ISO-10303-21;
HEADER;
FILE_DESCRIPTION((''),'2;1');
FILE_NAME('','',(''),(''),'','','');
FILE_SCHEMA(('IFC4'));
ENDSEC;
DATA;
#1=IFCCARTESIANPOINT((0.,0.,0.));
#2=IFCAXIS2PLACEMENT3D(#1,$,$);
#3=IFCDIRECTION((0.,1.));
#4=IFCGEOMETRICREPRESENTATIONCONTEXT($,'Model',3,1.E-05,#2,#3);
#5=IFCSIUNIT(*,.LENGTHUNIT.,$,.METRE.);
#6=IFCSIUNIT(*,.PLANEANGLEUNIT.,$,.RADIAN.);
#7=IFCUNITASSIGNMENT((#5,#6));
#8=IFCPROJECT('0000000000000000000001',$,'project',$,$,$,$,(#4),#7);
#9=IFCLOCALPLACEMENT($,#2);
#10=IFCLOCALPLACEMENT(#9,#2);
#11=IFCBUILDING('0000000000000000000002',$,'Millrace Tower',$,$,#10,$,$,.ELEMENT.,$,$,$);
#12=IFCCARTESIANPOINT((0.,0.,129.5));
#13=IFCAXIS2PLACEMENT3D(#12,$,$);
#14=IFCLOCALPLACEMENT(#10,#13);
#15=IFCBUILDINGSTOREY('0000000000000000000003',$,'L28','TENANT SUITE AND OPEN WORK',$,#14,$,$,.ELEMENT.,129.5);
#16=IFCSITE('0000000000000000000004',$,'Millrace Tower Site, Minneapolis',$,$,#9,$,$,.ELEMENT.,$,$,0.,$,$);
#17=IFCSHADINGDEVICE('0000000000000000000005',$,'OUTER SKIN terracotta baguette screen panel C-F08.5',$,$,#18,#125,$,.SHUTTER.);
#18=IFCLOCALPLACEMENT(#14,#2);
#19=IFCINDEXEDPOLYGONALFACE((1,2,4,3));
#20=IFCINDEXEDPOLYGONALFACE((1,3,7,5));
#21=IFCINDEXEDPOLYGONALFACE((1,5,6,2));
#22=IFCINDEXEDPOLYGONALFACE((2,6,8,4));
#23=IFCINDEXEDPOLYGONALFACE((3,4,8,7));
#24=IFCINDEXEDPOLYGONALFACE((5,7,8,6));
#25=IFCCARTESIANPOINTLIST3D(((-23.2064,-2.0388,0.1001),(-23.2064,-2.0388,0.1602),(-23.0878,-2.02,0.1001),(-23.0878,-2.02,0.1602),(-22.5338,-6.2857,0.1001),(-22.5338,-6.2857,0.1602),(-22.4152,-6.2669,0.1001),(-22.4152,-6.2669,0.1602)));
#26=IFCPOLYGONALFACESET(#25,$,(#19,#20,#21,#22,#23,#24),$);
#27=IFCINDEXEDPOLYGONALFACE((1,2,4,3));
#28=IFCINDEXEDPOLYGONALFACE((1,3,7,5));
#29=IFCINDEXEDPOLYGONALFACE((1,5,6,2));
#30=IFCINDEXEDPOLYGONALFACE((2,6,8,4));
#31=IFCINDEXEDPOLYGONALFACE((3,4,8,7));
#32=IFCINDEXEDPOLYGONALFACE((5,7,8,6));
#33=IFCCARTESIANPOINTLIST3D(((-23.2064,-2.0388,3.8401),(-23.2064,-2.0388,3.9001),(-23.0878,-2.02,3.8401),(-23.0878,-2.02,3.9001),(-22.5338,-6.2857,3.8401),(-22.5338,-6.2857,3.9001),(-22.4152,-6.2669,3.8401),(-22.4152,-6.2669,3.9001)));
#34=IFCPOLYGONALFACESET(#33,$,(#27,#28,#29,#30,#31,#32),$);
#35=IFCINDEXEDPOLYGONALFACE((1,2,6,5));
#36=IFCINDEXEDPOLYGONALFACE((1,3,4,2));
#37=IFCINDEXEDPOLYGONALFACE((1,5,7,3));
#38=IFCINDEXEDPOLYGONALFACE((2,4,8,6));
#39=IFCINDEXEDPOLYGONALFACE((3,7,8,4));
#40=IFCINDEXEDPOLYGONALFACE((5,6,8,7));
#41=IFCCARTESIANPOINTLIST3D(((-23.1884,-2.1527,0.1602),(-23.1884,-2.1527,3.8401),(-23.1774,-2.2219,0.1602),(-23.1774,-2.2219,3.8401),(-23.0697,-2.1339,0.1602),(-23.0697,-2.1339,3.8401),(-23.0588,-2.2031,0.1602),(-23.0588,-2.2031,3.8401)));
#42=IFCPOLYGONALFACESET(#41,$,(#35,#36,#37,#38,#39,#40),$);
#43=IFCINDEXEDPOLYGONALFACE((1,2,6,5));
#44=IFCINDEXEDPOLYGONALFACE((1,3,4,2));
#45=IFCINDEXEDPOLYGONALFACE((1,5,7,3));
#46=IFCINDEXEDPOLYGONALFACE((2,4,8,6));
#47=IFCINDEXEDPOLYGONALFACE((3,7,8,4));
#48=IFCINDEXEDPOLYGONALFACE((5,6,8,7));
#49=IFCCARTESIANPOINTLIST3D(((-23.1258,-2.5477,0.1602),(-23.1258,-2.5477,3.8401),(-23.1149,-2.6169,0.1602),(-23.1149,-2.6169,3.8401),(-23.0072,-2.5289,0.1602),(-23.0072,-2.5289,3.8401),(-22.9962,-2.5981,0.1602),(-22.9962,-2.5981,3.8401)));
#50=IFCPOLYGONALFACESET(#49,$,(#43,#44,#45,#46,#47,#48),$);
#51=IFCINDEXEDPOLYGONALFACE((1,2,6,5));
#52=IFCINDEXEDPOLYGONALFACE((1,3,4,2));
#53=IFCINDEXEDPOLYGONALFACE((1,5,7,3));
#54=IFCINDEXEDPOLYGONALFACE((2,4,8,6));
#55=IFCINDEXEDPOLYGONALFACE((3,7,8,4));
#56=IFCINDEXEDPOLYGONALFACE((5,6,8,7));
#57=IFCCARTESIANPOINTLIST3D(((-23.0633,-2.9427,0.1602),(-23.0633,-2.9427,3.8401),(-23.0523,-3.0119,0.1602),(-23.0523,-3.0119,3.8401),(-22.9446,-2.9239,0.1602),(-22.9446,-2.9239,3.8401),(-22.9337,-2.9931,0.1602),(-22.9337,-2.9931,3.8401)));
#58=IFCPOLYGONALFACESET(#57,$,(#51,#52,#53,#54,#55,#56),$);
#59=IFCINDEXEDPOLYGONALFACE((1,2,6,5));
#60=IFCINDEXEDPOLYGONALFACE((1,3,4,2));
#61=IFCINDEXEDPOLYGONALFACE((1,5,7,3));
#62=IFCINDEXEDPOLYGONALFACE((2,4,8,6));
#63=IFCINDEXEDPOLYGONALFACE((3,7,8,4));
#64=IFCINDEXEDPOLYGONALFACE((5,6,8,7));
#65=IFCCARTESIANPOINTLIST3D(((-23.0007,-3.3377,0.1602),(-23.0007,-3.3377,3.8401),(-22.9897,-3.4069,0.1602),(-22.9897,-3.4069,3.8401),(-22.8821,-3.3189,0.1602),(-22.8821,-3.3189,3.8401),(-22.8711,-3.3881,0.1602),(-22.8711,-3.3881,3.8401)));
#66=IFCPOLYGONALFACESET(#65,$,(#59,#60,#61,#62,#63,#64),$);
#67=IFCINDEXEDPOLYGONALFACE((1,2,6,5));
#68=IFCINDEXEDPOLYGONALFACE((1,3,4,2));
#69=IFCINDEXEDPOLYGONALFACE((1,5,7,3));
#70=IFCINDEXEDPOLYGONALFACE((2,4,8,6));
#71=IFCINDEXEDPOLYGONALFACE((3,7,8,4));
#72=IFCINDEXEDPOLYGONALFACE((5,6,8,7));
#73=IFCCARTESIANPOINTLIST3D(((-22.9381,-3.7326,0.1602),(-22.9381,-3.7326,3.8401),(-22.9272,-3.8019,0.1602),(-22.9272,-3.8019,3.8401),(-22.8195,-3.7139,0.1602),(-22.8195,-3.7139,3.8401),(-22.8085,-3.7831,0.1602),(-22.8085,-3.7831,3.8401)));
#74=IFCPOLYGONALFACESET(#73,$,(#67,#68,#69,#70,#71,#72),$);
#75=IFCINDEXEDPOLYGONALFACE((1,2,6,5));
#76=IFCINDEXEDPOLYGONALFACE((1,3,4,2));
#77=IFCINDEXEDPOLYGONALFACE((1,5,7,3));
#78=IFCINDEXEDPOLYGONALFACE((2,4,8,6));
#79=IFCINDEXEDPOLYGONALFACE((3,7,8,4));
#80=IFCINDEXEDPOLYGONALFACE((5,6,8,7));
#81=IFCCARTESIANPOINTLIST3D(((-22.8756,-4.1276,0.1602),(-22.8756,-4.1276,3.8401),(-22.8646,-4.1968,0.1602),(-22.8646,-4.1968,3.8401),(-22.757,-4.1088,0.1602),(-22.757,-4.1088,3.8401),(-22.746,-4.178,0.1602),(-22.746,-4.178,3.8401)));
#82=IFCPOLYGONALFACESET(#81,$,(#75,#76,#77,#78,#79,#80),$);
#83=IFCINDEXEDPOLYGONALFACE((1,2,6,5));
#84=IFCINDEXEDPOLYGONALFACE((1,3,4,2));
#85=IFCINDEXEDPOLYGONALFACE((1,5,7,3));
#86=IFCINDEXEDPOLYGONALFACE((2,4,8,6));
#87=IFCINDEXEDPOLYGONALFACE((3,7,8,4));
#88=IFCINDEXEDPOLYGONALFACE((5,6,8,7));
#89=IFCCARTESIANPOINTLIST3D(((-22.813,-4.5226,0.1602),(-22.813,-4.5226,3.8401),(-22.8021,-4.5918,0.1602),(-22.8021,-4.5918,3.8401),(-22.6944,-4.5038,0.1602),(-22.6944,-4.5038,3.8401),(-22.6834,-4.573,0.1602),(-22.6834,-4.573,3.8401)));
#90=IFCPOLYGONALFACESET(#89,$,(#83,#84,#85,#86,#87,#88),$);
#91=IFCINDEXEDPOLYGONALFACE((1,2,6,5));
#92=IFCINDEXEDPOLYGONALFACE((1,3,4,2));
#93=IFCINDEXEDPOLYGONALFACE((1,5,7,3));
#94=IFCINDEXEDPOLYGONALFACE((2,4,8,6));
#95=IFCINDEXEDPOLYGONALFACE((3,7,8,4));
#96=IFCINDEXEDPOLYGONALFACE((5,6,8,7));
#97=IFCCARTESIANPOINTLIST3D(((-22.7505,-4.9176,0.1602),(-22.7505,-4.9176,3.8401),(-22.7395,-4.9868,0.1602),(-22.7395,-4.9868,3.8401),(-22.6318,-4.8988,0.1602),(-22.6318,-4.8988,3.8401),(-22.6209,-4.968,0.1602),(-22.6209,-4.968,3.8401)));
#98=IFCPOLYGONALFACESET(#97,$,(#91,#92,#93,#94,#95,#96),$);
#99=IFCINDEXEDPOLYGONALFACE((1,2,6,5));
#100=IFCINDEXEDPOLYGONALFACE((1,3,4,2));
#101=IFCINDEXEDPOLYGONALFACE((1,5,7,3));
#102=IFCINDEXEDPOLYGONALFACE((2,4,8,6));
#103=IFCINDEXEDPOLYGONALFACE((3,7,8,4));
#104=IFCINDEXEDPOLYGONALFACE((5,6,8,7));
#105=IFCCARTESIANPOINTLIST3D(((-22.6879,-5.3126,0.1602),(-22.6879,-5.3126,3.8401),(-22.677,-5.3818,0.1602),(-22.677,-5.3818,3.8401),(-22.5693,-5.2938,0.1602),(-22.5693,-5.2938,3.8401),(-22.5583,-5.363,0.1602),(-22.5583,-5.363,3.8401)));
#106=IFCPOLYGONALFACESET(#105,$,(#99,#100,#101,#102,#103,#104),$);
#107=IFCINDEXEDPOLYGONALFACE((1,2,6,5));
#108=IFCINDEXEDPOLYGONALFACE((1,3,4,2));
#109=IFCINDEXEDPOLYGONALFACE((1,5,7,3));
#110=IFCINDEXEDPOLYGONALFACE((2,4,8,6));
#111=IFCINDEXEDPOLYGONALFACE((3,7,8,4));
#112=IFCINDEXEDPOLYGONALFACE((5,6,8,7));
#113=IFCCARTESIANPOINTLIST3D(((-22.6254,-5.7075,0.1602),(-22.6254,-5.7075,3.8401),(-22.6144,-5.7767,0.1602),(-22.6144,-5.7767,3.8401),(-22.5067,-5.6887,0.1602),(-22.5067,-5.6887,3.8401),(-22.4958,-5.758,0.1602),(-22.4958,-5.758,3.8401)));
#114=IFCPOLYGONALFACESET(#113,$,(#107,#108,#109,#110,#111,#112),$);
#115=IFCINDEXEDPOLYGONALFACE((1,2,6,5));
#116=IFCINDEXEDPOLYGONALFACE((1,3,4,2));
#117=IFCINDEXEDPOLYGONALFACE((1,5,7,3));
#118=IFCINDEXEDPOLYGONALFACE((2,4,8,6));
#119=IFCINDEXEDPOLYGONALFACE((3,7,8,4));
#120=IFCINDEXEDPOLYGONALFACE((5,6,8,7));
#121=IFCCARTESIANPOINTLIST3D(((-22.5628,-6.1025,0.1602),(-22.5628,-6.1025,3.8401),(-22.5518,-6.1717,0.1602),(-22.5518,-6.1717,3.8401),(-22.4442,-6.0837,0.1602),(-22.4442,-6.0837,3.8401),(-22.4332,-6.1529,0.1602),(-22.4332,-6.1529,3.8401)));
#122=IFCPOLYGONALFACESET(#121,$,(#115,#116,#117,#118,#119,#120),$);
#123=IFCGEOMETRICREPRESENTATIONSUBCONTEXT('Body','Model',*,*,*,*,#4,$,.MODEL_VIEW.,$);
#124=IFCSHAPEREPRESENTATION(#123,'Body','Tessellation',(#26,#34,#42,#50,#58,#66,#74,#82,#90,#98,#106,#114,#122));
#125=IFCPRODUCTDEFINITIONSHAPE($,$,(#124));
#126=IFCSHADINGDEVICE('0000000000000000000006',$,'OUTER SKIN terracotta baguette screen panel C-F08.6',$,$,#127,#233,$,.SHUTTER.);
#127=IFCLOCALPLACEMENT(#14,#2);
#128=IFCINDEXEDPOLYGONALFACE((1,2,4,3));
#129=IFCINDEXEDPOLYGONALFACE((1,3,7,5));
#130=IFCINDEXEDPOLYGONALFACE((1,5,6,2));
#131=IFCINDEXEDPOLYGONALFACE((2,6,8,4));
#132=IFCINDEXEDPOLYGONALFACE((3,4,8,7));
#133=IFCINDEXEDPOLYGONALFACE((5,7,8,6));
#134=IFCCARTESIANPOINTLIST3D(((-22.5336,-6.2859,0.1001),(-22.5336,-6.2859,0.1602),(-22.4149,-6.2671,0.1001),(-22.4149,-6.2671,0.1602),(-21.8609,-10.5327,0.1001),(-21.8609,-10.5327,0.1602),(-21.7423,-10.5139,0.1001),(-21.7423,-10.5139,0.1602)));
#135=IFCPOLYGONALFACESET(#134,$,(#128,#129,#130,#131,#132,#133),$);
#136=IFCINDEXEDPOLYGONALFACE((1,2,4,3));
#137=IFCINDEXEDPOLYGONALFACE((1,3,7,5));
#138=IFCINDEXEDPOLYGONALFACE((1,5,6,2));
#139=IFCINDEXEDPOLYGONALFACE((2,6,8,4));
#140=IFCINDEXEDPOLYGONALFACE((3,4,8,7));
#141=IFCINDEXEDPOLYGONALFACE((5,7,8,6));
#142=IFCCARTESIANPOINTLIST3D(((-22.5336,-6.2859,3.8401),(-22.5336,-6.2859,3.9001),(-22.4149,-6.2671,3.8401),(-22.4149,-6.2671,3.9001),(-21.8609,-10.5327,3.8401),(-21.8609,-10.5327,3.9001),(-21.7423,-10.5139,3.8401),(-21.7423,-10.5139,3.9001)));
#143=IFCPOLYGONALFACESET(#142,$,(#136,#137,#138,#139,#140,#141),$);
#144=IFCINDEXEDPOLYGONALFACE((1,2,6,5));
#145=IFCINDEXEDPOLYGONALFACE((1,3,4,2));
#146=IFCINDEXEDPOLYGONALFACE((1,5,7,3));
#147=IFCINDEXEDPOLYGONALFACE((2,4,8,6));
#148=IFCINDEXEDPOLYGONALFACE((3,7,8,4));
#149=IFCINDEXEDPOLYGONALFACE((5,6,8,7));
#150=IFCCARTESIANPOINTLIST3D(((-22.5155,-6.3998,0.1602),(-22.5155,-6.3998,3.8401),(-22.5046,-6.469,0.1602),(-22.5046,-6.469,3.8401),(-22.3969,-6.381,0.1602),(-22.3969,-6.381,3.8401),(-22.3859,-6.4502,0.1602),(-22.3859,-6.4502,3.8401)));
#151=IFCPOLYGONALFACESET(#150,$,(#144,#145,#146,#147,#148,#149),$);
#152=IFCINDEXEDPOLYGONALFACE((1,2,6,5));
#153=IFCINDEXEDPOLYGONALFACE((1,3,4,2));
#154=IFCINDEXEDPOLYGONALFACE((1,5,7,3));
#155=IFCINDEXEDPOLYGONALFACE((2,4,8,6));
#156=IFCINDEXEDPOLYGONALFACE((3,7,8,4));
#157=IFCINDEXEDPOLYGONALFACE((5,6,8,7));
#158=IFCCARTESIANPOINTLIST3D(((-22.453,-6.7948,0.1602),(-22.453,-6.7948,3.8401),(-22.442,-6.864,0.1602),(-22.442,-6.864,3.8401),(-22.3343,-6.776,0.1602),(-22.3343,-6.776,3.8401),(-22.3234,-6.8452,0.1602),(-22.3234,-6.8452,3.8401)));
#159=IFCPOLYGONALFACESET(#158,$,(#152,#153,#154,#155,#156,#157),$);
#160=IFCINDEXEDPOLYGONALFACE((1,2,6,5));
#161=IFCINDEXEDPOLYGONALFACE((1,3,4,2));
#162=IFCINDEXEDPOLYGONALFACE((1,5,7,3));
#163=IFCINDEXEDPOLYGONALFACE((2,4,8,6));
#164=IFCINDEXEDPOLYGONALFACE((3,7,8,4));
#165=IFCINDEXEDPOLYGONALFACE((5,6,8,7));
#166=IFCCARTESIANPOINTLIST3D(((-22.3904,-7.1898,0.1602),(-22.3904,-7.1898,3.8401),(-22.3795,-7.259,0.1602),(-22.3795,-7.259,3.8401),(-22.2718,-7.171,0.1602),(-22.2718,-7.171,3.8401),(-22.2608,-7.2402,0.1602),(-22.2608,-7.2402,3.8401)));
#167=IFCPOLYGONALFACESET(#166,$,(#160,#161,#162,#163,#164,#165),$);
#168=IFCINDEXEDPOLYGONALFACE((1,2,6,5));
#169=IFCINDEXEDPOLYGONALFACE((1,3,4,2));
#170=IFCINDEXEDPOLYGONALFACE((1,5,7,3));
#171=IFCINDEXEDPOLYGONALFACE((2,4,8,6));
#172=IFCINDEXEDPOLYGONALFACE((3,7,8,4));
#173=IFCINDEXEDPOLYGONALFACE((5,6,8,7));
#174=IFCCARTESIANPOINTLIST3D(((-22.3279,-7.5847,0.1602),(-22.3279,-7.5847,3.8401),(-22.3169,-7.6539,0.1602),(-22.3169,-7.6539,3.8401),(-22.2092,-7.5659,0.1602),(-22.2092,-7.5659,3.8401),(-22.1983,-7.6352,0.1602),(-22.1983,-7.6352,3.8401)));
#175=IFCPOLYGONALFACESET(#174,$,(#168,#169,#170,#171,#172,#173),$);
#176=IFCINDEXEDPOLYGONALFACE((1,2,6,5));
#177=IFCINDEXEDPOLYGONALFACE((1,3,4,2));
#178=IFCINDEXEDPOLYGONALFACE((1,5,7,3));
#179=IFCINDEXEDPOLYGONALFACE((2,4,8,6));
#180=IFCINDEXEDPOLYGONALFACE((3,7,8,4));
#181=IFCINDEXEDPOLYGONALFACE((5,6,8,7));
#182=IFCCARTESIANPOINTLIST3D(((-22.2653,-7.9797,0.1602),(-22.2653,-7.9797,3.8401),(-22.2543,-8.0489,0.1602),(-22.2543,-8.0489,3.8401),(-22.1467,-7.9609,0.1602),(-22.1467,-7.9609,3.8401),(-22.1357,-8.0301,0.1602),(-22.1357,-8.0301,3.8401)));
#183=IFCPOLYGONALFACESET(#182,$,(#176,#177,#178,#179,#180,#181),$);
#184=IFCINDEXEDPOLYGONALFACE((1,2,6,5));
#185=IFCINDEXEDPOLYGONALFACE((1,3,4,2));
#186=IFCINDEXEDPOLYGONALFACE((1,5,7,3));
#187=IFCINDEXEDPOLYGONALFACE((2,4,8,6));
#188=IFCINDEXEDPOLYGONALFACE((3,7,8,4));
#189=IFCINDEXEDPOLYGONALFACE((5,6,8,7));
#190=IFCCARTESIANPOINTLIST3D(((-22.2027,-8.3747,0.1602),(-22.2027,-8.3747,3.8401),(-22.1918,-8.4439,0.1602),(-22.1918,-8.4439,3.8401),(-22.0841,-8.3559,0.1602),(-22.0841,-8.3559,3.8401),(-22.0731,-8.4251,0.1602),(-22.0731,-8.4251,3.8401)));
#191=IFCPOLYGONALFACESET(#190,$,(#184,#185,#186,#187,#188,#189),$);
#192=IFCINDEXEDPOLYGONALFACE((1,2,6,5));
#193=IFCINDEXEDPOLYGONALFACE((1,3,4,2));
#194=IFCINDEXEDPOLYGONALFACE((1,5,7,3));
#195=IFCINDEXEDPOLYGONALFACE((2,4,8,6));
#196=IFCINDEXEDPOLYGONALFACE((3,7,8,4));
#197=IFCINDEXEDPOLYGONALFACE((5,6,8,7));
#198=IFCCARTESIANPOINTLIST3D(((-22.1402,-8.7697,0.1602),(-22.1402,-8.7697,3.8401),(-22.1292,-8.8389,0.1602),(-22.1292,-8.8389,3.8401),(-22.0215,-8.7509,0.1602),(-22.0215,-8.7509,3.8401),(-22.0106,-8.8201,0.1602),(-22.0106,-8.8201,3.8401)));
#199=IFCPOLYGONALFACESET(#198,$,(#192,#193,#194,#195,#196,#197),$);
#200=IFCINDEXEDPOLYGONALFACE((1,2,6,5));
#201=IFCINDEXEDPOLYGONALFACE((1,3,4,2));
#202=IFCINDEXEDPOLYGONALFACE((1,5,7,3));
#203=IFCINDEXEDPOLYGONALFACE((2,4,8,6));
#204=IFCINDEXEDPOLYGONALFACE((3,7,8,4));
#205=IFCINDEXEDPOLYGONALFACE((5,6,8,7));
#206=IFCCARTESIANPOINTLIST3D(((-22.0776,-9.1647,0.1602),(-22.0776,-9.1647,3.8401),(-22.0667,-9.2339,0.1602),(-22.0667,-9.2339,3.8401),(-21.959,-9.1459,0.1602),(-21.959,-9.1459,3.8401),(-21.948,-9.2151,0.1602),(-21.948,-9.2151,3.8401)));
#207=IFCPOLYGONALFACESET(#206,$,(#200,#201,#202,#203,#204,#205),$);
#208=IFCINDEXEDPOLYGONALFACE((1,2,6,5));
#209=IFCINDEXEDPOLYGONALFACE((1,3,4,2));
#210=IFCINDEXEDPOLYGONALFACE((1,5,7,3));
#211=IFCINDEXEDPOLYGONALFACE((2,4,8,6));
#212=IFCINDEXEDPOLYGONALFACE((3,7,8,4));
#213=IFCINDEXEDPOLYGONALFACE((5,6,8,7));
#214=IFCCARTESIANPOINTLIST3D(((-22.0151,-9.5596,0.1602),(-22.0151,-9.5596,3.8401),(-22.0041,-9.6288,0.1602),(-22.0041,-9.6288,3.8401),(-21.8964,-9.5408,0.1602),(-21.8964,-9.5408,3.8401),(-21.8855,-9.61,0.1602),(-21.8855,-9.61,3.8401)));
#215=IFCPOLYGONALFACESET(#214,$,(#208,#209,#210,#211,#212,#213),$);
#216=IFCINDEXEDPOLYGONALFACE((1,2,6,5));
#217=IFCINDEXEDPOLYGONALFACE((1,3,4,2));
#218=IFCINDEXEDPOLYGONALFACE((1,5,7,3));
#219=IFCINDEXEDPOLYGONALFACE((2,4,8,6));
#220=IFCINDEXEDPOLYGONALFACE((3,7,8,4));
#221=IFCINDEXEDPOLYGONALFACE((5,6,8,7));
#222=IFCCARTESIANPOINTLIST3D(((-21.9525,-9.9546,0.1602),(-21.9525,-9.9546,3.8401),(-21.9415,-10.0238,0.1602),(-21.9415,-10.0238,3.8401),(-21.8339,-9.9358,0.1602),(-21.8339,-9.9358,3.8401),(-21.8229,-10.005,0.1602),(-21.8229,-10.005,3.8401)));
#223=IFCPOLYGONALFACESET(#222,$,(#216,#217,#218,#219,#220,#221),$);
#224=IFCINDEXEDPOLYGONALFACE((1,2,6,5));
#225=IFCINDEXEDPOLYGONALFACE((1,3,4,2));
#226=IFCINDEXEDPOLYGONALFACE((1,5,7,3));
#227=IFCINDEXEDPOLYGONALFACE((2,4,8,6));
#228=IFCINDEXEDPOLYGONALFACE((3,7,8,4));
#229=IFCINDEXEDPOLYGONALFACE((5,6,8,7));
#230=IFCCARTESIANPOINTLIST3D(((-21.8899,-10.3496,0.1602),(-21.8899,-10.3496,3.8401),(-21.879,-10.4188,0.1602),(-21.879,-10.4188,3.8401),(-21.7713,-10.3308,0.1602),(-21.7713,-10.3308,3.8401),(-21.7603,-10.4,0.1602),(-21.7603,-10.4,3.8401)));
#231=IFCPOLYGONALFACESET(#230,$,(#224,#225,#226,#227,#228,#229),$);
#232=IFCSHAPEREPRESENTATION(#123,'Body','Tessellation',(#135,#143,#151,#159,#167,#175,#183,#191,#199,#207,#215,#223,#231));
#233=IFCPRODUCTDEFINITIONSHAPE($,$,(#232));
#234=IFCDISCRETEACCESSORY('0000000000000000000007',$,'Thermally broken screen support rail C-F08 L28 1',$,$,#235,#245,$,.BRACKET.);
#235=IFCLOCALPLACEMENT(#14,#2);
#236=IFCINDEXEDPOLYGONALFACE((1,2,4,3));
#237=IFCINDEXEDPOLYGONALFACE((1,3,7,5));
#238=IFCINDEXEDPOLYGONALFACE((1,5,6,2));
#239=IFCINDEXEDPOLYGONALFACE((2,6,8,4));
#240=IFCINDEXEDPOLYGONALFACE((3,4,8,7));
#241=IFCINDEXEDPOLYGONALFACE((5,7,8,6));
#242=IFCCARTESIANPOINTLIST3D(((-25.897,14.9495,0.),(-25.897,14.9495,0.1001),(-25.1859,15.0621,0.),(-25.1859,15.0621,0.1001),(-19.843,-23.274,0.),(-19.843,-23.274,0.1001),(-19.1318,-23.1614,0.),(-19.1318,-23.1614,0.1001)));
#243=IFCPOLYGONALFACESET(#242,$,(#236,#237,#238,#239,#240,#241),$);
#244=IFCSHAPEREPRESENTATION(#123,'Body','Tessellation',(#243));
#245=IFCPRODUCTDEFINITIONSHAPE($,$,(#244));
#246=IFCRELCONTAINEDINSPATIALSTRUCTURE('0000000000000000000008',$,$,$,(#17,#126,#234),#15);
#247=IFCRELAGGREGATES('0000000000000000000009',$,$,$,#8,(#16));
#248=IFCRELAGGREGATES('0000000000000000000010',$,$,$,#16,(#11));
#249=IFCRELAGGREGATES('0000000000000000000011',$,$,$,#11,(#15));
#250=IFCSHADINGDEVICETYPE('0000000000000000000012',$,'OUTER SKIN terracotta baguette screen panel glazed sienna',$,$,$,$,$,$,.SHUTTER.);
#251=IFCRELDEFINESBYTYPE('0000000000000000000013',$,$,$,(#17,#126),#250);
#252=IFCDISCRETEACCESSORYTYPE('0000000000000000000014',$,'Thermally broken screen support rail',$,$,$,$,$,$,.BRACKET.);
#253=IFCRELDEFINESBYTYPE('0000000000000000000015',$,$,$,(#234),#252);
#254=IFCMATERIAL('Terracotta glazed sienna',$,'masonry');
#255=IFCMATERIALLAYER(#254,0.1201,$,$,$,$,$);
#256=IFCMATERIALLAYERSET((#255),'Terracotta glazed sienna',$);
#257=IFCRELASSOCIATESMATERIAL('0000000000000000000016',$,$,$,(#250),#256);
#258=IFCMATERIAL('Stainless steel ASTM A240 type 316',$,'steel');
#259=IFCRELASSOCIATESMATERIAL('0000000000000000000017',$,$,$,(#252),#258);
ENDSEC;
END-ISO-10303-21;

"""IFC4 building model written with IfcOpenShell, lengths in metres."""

from ifc_helpers import new_model, entity, si_unit, direction, frame, frame_2d, origin, origin_2d, place, context, subcontext, project, spatial, rectangle, extrude, source, transform, mapped, material, layer, layer_set, type_object, element, save


model = new_model("IFC4")

# Units and contexts
model_context = context("Model", 3, precision=1e-05, world=origin(), true_north=direction((0.0, 1.0)))
body_context = subcontext(model_context, "Body", "Model", "MODEL_VIEW")
ifc_project = project(units=[si_unit("LENGTHUNIT", "METRE"), si_unit("PLANEANGLEUNIT", "RADIAN")], contexts=[model_context])

# Site, building, storey
site_placement = place(None, origin())
site = spatial("IfcSite", under=ifc_project, at=site_placement, Name="Millrace Tower Site, Minneapolis", CompositionType="ELEMENT", RefElevation=0.0)
building_placement = place(site_placement, origin())
building = spatial("IfcBuilding", under=site, at=building_placement, Name="Millrace Tower", CompositionType="ELEMENT")
storey_placement = place(building_placement, frame((0.0, 0.0, 129.5)))
storey = spatial("IfcBuildingStorey", under=building, at=storey_placement, Name="L28", Description="TENANT SUITE AND OPEN WORK", CompositionType="ELEMENT", Elevation=129.5)

# Shading devices
ifc_material_1 = material(Name="Terracotta glazed sienna", Category="masonry")
ifc_layer_1 = layer(ifc_material_1, 0.1201)
ifc_layer_set_1 = layer_set([ifc_layer_1], Name="Terracotta glazed sienna")
shading_device_type = type_object("IfcShadingDeviceType", Name="OUTER SKIN terracotta baguette screen panel glazed sienna", PredefinedType="SHUTTER", material=ifc_layer_set_1)
cartesian_point = entity("IfcCartesianPoint", [-2.1499, 0.0601])
shared_polyline = entity("IfcPolyline", [cartesian_point, entity("IfcCartesianPoint", [2.1499, 0.0601]), entity("IfcCartesianPoint", [2.1499, -0.0601]), entity("IfcCartesianPoint", [-2.1499, -0.0601]), cartesian_point])
shared_shape = source(origin(), body_context, "Body", "SweptSolid", [
    entity("IfcExtrudedAreaSolid", entity("IfcArbitraryClosedProfileDef", "AREA", None, shared_polyline), entity("IfcAxis2Placement3D", entity("IfcCartesianPoint", [0.0, 0.0, 0.0])), entity("IfcDirection", [0.0, 0.0, 1.0]), 0.0601),
    entity("IfcExtrudedAreaSolid", entity("IfcArbitraryClosedProfileDef", "AREA", None, shared_polyline), entity("IfcAxis2Placement3D", entity("IfcCartesianPoint", [0.0, 0.0, 3.74])), entity("IfcDirection", [0.0, 0.0, 1.0]), 0.0601),
    extrude(rectangle(XDim=0.0701, YDim=0.1201, at=frame_2d((-1.9995, 0.0))), frame((0.0, 0.0, 0.0601)), (0.0, 0.0, 1.0), 3.6799),
    extrude(rectangle(XDim=0.0701, YDim=0.1201, at=frame_2d((-1.5996, 0.0))), frame((0.0, 0.0, 0.0601)), (0.0, 0.0, 1.0), 3.6799),
    extrude(rectangle(XDim=0.0701, YDim=0.1201, at=frame_2d((-1.1997, 0.0))), frame((0.0, 0.0, 0.0601)), (0.0, 0.0, 1.0), 3.6799),
    extrude(rectangle(XDim=0.0701, YDim=0.1201, at=frame_2d((-0.7998, 0.0))), frame((0.0, 0.0, 0.0601)), (0.0, 0.0, 1.0), 3.6799),
    extrude(rectangle(XDim=0.0701, YDim=0.1201, at=frame_2d((-0.3999, 0.0))), frame((0.0, 0.0, 0.0601)), (0.0, 0.0, 1.0), 3.6799),
    extrude(rectangle(XDim=0.0701, YDim=0.1201, at=origin_2d()), frame((0.0, 0.0, 0.0601)), (0.0, 0.0, 1.0), 3.6799),
    extrude(rectangle(XDim=0.0701, YDim=0.1201, at=frame_2d((0.3999, 0.0))), frame((0.0, 0.0, 0.0601)), (0.0, 0.0, 1.0), 3.6799),
    extrude(rectangle(XDim=0.0701, YDim=0.1201, at=frame_2d((0.7998, 0.0))), frame((0.0, 0.0, 0.0601)), (0.0, 0.0, 1.0), 3.6799),
    extrude(rectangle(XDim=0.0701, YDim=0.1201, at=frame_2d((1.1997, 0.0))), frame((0.0, 0.0, 0.0601)), (0.0, 0.0, 1.0), 3.6799),
    extrude(rectangle(XDim=0.0701, YDim=0.1201, at=frame_2d((1.5996, 0.0))), frame((0.0, 0.0, 0.0601)), (0.0, 0.0, 1.0), 3.6799),
    extrude(rectangle(XDim=0.0701, YDim=0.1201, at=frame_2d((1.9995, 0.0))), frame((0.0, 0.0, 0.0601)), (0.0, 0.0, 1.0), 3.6799),
])
for number, where, z_axis, x_axis, name in (
    (1, (-22.8108, -4.1528, 0.1001), (0.0, 0.0, 1.0), (0.156434, -0.987688, 0.0), "OUTER SKIN terracotta baguette screen panel C-F08.5"),
    (2, (-22.1379, -8.3999, 0.1001), (0.0, 0.0, 1.0), (0.156434, -0.987688, 0.0), "OUTER SKIN terracotta baguette screen panel C-F08.6"),
):
    element("IfcShadingDevice", number, at=place(storey_placement, frame(where, z_axis=z_axis, x_axis=x_axis)), inside=storey, type_object=shading_device_type, Name=name, PredefinedType="SHUTTER", context=body_context, shape_type="MappedRepresentation", body=[
        mapped(shared_shape, transform((0.0, 0.0, 0.0), scale=1.0)),
    ])

# Discrete accessory
ifc_material_2 = material(Name="Stainless steel ASTM A240 type 316", Category="steel")
discrete_accessory_type = type_object("IfcDiscreteAccessoryType", Name="Thermally broken screen support rail", PredefinedType="BRACKET", material=ifc_material_2)
discrete_accessory_placement = place(storey_placement, frame((-22.5144, -4.106, 0.0), z_axis=(0.0, 0.0, 1.0), x_axis=(0.156434, -0.987688, 0.0)))
element("IfcDiscreteAccessory", 3, at=discrete_accessory_placement, inside=storey, type_object=discrete_accessory_type, Name="Thermally broken screen support rail C-F08 L28 1", PredefinedType="BRACKET", context=body_context, shape_type="SweptSolid", body=[
    extrude(rectangle(XDim=38.7, YDim=0.72, at=origin_2d()), origin(), (0.0, 0.0, 1.0), 0.1001),
])

save(model, "model.ifc")
